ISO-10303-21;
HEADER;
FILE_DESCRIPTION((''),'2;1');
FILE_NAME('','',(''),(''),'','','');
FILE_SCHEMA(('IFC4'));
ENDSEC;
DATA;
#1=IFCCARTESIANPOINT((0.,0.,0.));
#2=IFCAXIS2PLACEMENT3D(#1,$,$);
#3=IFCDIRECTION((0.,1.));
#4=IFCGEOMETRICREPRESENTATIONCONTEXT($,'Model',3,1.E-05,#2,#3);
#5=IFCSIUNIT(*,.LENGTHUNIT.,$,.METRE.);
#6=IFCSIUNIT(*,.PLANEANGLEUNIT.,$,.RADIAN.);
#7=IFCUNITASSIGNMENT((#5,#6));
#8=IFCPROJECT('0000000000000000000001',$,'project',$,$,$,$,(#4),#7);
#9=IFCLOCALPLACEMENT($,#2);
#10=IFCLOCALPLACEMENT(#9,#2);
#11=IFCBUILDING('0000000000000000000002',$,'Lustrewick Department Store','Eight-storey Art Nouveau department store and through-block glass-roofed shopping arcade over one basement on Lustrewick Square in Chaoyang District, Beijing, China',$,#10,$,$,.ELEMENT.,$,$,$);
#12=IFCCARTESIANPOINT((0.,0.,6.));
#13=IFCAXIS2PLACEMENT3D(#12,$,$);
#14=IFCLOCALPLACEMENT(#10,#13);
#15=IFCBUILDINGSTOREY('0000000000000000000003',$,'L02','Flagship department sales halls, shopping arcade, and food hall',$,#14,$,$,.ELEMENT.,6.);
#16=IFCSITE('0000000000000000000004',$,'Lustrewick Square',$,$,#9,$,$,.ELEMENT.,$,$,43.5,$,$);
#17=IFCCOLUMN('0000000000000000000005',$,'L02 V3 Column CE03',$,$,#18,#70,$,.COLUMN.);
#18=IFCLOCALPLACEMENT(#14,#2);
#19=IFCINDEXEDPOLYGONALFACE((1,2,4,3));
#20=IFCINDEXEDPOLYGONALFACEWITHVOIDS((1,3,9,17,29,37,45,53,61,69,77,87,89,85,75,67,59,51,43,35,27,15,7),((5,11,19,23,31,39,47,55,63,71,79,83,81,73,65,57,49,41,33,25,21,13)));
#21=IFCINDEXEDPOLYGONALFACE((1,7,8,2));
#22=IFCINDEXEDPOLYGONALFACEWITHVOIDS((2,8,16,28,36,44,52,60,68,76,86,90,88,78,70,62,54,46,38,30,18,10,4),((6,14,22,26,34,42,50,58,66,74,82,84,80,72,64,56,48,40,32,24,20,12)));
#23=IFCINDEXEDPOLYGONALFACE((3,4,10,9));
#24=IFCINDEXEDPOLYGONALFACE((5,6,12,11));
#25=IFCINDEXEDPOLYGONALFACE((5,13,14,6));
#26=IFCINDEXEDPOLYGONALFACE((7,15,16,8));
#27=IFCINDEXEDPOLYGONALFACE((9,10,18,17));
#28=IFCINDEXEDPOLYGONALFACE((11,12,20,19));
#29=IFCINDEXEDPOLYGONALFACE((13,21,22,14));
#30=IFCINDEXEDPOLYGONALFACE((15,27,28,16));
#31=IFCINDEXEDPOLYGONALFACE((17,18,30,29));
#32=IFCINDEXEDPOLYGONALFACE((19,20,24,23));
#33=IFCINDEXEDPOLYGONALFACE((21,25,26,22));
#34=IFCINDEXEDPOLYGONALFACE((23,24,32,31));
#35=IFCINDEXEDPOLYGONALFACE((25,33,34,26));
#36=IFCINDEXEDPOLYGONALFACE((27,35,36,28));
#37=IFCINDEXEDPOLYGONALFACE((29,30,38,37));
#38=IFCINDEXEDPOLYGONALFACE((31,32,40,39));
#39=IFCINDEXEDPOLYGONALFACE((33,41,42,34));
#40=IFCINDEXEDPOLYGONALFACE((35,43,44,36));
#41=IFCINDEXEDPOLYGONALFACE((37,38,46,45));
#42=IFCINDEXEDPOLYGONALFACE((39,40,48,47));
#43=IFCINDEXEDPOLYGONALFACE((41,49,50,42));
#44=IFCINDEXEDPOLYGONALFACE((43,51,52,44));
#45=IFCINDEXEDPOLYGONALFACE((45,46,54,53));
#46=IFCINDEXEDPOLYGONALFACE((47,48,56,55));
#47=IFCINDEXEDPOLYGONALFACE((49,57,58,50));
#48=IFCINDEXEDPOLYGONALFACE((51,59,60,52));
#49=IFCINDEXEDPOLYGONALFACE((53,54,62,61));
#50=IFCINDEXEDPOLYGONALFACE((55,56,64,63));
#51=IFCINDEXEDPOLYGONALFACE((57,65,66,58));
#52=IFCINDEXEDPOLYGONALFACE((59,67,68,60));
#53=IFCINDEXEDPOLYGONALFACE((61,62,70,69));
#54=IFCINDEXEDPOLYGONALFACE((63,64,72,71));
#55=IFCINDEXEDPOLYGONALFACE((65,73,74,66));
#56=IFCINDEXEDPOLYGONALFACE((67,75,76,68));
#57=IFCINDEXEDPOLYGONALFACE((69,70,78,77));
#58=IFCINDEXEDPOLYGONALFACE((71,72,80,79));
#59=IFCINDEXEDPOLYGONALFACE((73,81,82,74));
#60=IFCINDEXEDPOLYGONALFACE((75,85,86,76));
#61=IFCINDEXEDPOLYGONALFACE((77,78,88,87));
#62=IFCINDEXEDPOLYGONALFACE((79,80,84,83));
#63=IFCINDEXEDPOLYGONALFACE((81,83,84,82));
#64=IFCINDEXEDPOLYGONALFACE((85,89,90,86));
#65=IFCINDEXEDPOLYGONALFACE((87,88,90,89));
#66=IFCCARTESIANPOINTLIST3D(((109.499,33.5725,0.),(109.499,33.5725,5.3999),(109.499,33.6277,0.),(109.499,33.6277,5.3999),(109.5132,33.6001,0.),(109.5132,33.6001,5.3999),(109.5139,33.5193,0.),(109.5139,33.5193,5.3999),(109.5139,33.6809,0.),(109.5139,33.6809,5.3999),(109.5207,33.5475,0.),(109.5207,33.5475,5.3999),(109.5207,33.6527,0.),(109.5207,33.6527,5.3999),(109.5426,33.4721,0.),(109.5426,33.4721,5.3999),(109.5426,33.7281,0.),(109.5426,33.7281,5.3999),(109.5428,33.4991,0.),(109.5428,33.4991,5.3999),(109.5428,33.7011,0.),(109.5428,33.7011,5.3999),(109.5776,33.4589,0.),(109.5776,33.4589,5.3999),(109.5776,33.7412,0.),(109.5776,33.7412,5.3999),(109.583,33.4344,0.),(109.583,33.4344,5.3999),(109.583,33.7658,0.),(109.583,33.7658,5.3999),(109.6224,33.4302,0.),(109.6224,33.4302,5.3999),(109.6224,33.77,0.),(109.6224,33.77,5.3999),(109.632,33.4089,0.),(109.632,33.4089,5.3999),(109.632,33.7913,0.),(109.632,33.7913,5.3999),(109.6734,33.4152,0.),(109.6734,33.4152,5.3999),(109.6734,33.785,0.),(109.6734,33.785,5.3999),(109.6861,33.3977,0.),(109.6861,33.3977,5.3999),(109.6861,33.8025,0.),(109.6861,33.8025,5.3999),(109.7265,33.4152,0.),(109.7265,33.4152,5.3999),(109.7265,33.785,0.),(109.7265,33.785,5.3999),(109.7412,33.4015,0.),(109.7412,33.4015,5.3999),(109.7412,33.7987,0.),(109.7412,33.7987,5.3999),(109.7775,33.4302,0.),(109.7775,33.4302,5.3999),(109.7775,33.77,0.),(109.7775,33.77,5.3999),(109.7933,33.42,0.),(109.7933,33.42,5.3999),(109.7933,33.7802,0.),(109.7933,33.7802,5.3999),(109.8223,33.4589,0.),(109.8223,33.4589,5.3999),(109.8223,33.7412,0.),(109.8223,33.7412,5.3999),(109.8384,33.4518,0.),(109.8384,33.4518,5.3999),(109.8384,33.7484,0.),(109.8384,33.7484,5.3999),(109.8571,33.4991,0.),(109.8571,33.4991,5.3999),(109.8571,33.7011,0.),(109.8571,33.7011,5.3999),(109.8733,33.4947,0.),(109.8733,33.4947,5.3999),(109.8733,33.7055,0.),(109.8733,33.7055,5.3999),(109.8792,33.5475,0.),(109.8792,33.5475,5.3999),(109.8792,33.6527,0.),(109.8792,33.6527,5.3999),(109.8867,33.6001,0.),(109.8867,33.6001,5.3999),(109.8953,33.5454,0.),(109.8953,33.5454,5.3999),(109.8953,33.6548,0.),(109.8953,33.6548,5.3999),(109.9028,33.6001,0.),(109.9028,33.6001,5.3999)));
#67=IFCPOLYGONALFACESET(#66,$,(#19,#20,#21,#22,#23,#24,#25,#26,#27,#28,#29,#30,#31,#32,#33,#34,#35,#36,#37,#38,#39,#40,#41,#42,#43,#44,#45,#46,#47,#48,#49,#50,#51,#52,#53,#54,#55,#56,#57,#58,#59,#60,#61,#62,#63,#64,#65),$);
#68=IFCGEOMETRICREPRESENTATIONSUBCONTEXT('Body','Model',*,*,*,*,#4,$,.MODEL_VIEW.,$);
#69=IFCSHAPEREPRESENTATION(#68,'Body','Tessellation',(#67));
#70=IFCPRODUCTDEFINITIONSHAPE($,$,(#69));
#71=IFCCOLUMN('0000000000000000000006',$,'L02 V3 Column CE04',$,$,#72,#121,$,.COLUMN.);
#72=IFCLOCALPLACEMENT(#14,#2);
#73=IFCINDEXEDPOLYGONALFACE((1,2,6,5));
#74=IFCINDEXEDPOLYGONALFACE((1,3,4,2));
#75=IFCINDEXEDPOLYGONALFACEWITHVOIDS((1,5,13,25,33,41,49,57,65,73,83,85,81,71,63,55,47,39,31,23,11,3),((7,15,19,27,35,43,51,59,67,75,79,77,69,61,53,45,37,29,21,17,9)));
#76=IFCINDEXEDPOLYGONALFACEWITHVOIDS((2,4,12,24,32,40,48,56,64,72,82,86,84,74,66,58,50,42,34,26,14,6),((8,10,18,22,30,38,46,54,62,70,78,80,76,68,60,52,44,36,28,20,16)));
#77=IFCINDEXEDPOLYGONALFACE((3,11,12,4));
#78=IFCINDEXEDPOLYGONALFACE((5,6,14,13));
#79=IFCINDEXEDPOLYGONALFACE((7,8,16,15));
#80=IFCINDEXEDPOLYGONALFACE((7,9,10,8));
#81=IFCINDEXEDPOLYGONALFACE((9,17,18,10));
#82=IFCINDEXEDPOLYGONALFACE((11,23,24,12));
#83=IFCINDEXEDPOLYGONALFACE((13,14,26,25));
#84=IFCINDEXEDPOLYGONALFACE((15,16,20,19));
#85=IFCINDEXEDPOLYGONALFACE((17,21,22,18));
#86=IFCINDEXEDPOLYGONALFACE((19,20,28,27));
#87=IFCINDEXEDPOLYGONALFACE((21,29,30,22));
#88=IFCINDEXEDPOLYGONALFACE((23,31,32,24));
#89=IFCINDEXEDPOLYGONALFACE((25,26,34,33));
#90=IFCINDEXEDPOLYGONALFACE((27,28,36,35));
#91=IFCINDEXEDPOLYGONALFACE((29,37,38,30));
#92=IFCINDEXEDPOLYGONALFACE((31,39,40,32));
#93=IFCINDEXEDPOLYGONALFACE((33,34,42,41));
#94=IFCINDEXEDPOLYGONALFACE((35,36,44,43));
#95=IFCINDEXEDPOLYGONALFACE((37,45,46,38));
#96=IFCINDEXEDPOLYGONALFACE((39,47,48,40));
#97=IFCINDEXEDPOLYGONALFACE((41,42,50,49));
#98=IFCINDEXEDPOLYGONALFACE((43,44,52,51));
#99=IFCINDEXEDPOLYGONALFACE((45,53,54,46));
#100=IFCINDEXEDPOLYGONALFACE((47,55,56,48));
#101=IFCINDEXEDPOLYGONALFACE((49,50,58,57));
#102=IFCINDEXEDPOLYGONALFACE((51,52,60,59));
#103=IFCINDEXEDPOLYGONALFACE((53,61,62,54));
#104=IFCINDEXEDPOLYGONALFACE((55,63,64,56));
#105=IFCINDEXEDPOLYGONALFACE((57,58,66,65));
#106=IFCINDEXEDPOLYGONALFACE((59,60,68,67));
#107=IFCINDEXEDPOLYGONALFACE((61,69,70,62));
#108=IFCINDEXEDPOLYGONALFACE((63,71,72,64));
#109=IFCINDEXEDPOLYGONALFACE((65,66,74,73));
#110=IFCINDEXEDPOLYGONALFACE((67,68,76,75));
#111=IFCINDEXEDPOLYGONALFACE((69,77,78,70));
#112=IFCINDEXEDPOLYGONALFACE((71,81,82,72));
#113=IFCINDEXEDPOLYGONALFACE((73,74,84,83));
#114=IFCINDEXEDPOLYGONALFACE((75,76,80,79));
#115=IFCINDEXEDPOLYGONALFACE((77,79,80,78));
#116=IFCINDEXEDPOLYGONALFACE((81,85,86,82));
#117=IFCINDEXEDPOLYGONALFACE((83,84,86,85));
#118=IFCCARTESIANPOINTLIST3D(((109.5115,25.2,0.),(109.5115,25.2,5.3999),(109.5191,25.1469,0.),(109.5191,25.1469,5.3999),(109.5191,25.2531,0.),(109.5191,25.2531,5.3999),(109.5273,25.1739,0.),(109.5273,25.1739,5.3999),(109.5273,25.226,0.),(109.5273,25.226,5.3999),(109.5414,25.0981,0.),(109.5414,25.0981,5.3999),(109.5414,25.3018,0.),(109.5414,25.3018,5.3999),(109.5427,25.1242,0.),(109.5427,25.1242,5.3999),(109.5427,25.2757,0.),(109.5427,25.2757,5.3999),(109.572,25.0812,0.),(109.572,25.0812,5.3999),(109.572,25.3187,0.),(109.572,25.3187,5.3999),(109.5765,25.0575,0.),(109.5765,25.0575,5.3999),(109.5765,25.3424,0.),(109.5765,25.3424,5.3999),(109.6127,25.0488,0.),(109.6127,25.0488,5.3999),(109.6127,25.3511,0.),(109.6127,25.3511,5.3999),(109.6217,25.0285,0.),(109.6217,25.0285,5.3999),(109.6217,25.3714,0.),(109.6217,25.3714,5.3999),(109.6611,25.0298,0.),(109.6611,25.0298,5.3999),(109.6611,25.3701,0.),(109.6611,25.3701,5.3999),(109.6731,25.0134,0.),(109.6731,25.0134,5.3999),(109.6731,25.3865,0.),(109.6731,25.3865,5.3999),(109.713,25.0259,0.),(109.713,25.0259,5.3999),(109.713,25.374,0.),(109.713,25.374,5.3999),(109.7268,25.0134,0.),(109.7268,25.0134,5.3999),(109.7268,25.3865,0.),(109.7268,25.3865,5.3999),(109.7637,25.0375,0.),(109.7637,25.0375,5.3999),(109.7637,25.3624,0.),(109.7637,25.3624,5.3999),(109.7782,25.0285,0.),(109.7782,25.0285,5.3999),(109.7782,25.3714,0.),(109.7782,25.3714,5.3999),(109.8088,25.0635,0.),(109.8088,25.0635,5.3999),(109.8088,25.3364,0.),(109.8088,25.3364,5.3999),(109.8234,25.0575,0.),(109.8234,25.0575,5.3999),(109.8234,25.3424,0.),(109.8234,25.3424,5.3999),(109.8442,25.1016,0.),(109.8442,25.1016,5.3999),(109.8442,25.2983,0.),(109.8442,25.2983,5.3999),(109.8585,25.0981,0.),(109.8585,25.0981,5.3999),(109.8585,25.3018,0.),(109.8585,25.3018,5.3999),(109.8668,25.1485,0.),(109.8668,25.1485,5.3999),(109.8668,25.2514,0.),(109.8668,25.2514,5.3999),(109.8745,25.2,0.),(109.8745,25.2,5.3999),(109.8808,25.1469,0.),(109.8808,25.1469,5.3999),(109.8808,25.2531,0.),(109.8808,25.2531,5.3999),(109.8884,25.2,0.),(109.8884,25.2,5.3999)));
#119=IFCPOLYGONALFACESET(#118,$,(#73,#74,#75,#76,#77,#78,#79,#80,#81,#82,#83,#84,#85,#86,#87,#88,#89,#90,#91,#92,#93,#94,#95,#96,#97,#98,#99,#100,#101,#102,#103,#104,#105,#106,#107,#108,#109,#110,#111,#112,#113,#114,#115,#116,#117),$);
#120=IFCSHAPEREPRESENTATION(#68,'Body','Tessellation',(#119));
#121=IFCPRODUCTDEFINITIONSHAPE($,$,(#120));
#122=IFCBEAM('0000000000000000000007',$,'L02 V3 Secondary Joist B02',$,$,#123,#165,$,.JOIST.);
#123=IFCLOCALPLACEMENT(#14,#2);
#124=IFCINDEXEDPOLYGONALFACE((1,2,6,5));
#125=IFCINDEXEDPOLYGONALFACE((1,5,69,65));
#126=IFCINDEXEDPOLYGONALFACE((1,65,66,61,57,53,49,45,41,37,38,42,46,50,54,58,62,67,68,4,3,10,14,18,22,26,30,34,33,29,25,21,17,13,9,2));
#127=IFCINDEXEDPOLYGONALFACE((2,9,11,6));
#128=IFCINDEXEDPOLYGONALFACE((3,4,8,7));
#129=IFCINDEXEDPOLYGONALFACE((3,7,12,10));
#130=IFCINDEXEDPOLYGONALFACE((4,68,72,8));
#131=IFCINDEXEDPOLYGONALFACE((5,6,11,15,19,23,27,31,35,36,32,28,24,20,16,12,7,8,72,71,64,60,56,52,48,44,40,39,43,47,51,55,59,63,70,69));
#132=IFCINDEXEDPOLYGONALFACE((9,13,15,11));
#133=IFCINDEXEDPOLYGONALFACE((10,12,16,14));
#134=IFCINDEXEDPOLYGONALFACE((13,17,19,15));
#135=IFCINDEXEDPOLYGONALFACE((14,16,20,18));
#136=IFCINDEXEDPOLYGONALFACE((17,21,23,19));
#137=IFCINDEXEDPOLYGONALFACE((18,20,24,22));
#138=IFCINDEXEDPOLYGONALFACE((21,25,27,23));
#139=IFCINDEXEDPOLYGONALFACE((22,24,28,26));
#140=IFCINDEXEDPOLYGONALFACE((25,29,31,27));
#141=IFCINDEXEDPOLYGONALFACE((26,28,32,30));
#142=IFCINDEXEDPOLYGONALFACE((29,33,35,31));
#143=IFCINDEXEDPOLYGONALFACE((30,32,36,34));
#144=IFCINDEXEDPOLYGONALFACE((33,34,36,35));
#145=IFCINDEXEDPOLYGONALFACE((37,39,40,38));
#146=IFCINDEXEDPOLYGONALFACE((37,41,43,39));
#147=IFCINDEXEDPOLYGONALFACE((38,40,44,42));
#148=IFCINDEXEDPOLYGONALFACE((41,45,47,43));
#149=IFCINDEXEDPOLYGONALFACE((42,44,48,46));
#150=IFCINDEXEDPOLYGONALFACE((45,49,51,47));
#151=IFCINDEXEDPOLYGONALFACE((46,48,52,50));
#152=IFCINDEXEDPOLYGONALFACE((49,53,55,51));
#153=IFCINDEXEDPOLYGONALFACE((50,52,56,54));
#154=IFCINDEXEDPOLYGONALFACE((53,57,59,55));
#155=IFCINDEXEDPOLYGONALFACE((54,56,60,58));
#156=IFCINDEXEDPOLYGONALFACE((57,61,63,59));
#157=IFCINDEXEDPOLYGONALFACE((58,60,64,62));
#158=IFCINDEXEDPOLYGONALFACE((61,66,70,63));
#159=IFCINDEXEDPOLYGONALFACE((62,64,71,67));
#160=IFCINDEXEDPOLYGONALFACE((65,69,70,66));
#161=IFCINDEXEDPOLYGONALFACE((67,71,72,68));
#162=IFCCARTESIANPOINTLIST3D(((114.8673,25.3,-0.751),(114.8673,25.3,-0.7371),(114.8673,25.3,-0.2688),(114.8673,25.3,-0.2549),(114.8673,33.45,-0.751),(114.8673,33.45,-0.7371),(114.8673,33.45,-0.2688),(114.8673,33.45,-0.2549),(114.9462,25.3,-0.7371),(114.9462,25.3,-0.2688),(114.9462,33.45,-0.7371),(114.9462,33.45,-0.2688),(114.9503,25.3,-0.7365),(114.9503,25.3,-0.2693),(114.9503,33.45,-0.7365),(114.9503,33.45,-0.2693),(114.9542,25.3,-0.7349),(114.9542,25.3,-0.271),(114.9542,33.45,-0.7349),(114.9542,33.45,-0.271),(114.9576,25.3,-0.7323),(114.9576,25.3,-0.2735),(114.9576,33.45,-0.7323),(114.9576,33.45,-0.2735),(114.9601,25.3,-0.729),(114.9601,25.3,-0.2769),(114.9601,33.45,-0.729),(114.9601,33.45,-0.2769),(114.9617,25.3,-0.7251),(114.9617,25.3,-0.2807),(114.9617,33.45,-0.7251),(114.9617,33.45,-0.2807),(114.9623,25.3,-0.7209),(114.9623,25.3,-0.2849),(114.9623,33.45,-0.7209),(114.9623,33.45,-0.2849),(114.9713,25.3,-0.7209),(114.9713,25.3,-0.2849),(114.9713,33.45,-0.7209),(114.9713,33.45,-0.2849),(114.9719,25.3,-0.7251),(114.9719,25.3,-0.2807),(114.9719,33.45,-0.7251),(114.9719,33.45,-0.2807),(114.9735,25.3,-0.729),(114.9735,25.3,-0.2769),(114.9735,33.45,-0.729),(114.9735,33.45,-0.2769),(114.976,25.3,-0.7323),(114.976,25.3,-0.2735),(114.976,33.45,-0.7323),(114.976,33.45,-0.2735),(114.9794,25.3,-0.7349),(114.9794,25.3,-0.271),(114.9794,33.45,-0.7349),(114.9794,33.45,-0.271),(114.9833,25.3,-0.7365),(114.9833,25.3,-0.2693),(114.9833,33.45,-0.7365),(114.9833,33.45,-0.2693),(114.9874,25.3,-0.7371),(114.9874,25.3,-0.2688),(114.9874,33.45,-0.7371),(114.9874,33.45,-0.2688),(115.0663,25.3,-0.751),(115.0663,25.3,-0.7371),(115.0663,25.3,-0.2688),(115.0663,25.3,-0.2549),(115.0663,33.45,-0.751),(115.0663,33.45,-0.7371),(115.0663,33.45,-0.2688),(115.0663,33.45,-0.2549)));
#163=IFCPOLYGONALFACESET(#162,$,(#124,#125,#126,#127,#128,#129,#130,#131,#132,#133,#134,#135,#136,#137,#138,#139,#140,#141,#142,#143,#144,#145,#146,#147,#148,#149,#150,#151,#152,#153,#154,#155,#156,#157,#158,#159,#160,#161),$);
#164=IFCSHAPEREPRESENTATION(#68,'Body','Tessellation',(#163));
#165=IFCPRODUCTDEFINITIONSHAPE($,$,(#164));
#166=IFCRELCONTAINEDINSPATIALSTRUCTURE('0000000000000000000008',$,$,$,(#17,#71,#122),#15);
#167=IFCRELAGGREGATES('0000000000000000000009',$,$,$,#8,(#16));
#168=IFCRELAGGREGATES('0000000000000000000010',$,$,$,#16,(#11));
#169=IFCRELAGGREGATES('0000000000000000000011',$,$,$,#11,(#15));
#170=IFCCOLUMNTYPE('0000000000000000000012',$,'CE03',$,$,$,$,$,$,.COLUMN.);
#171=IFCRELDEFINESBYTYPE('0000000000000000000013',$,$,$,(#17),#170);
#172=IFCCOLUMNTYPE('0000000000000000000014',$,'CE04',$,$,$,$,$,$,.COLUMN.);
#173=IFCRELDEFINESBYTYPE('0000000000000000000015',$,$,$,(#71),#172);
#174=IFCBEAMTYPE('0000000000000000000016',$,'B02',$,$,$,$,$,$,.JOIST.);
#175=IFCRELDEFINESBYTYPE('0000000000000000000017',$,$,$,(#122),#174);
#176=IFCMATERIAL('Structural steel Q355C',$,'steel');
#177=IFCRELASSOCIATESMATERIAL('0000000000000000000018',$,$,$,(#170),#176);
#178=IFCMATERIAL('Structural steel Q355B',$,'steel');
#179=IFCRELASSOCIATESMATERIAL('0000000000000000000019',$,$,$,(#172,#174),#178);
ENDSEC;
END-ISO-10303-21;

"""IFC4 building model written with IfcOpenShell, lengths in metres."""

from ifc_helpers import new_model, si_unit, direction, frame, origin, origin_2d, place, context, subcontext, project, spatial, hollow_circle, i_section, extrude, material, material_profile, profile_set, type_object, element, save


model = new_model("IFC4")

# Units and contexts
model_context = context("Model", 3, precision=1e-05, world=origin(), true_north=direction((0.0, 1.0)))
body_context = subcontext(model_context, "Body", "Model", "MODEL_VIEW")
ifc_project = project(units=[si_unit("LENGTHUNIT", "METRE"), si_unit("PLANEANGLEUNIT", "RADIAN")], contexts=[model_context])

# Site, building, storey
site_placement = place(None, origin())
site = spatial("IfcSite", under=ifc_project, at=site_placement, Name="Lustrewick Square", CompositionType="ELEMENT", RefElevation=43.5)
building_placement = place(site_placement, origin())
building = spatial("IfcBuilding", under=site, at=building_placement, Name="Lustrewick Department Store", Description="Eight-storey Art Nouveau department store and through-block glass-roofed shopping arcade over one basement on Lustrewick Square in Chaoyang District, Beijing, China", CompositionType="ELEMENT")
storey_placement = place(building_placement, frame((0.0, 0.0, 6.0)))
storey = spatial("IfcBuildingStorey", under=building, at=storey_placement, Name="L02", Description="Flagship department sales halls, shopping arcade, and food hall", CompositionType="ELEMENT", Elevation=6.0)

# Columns
ifc_material_1 = material(Name="Structural steel Q355C", Category="steel")
ifc_material_profile_1 = material_profile(ifc_material_1, hollow_circle(Radius=0.2029, WallThickness=0.0161, at=origin_2d()), Name="CHS 406x16")
ifc_profile_set_1 = profile_set([ifc_material_profile_1], Name="Structural steel Q355C")
column_type_1 = type_object("IfcColumnType", Name="CE03", PredefinedType="COLUMN", material=ifc_profile_set_1)
column_1_placement = place(storey_placement, frame((109.7, 33.6001, 0.0), z_axis=(0.0, 0.0, 1.0), x_axis=(1.0, 0.0, 0.0)))
element("IfcColumn", 1, at=column_1_placement, inside=storey, type_object=column_type_1, Name="L02 V3 Column CE03", PredefinedType="COLUMN", context=body_context, shape_type="SweptSolid", body=[
    extrude(hollow_circle(Radius=0.2029, WallThickness=0.0161, at=origin_2d()), origin(), (0.0, 0.0, 1.0), 5.3999),
])
ifc_material_2 = material(Name="Structural steel Q355B", Category="steel")
ifc_material_profile_2 = material_profile(ifc_material_2, hollow_circle(Radius=0.1885, WallThickness=0.0139, at=origin_2d()), Name="CHS 377x14")
ifc_profile_set_2 = profile_set([ifc_material_profile_2], Name="Structural steel Q355B")
column_type_2 = type_object("IfcColumnType", Name="CE04", PredefinedType="COLUMN", material=ifc_profile_set_2)
column_2_placement = place(storey_placement, frame((109.7, 25.2, 0.0), z_axis=(0.0, 0.0, 1.0), x_axis=(1.0, 0.0, 0.0)))
element("IfcColumn", 2, at=column_2_placement, inside=storey, type_object=column_type_2, Name="L02 V3 Column CE04", PredefinedType="COLUMN", context=body_context, shape_type="SweptSolid", body=[
    extrude(hollow_circle(Radius=0.1885, WallThickness=0.0139, at=origin_2d()), origin(), (0.0, 0.0, 1.0), 5.3999),
])

# Beam
ifc_material_profile_3 = material_profile(ifc_material_2, i_section(OverallWidth=0.199, OverallDepth=0.4961, WebThickness=0.009, FlangeThickness=0.0139, FilletRadius=0.0161, at=origin_2d()), Name="HN 496x199x9x14")
ifc_profile_set_3 = profile_set([ifc_material_profile_3], Name="Structural steel Q355B")
beam_type_1 = type_object("IfcBeamType", Name="B02", PredefinedType="JOIST", material=ifc_profile_set_3)
beam_1_placement = place(storey_placement, frame((114.9668, 25.3, -0.5029), z_axis=(0.0, 1.0, 0.0), x_axis=(-1.0, 0.0, 0.0)))
element("IfcBeam", 3, at=beam_1_placement, inside=storey, type_object=beam_type_1, Name="L02 V3 Secondary Joist B02", PredefinedType="JOIST", context=body_context, shape_type="SweptSolid", body=[
    extrude(i_section(OverallWidth=0.199, OverallDepth=0.4961, WebThickness=0.009, FlangeThickness=0.0139, FilletRadius=0.0161, at=origin_2d()), origin(), (0.0, 0.0, 1.0), 8.1499),
])

save(model, "model.ifc")
